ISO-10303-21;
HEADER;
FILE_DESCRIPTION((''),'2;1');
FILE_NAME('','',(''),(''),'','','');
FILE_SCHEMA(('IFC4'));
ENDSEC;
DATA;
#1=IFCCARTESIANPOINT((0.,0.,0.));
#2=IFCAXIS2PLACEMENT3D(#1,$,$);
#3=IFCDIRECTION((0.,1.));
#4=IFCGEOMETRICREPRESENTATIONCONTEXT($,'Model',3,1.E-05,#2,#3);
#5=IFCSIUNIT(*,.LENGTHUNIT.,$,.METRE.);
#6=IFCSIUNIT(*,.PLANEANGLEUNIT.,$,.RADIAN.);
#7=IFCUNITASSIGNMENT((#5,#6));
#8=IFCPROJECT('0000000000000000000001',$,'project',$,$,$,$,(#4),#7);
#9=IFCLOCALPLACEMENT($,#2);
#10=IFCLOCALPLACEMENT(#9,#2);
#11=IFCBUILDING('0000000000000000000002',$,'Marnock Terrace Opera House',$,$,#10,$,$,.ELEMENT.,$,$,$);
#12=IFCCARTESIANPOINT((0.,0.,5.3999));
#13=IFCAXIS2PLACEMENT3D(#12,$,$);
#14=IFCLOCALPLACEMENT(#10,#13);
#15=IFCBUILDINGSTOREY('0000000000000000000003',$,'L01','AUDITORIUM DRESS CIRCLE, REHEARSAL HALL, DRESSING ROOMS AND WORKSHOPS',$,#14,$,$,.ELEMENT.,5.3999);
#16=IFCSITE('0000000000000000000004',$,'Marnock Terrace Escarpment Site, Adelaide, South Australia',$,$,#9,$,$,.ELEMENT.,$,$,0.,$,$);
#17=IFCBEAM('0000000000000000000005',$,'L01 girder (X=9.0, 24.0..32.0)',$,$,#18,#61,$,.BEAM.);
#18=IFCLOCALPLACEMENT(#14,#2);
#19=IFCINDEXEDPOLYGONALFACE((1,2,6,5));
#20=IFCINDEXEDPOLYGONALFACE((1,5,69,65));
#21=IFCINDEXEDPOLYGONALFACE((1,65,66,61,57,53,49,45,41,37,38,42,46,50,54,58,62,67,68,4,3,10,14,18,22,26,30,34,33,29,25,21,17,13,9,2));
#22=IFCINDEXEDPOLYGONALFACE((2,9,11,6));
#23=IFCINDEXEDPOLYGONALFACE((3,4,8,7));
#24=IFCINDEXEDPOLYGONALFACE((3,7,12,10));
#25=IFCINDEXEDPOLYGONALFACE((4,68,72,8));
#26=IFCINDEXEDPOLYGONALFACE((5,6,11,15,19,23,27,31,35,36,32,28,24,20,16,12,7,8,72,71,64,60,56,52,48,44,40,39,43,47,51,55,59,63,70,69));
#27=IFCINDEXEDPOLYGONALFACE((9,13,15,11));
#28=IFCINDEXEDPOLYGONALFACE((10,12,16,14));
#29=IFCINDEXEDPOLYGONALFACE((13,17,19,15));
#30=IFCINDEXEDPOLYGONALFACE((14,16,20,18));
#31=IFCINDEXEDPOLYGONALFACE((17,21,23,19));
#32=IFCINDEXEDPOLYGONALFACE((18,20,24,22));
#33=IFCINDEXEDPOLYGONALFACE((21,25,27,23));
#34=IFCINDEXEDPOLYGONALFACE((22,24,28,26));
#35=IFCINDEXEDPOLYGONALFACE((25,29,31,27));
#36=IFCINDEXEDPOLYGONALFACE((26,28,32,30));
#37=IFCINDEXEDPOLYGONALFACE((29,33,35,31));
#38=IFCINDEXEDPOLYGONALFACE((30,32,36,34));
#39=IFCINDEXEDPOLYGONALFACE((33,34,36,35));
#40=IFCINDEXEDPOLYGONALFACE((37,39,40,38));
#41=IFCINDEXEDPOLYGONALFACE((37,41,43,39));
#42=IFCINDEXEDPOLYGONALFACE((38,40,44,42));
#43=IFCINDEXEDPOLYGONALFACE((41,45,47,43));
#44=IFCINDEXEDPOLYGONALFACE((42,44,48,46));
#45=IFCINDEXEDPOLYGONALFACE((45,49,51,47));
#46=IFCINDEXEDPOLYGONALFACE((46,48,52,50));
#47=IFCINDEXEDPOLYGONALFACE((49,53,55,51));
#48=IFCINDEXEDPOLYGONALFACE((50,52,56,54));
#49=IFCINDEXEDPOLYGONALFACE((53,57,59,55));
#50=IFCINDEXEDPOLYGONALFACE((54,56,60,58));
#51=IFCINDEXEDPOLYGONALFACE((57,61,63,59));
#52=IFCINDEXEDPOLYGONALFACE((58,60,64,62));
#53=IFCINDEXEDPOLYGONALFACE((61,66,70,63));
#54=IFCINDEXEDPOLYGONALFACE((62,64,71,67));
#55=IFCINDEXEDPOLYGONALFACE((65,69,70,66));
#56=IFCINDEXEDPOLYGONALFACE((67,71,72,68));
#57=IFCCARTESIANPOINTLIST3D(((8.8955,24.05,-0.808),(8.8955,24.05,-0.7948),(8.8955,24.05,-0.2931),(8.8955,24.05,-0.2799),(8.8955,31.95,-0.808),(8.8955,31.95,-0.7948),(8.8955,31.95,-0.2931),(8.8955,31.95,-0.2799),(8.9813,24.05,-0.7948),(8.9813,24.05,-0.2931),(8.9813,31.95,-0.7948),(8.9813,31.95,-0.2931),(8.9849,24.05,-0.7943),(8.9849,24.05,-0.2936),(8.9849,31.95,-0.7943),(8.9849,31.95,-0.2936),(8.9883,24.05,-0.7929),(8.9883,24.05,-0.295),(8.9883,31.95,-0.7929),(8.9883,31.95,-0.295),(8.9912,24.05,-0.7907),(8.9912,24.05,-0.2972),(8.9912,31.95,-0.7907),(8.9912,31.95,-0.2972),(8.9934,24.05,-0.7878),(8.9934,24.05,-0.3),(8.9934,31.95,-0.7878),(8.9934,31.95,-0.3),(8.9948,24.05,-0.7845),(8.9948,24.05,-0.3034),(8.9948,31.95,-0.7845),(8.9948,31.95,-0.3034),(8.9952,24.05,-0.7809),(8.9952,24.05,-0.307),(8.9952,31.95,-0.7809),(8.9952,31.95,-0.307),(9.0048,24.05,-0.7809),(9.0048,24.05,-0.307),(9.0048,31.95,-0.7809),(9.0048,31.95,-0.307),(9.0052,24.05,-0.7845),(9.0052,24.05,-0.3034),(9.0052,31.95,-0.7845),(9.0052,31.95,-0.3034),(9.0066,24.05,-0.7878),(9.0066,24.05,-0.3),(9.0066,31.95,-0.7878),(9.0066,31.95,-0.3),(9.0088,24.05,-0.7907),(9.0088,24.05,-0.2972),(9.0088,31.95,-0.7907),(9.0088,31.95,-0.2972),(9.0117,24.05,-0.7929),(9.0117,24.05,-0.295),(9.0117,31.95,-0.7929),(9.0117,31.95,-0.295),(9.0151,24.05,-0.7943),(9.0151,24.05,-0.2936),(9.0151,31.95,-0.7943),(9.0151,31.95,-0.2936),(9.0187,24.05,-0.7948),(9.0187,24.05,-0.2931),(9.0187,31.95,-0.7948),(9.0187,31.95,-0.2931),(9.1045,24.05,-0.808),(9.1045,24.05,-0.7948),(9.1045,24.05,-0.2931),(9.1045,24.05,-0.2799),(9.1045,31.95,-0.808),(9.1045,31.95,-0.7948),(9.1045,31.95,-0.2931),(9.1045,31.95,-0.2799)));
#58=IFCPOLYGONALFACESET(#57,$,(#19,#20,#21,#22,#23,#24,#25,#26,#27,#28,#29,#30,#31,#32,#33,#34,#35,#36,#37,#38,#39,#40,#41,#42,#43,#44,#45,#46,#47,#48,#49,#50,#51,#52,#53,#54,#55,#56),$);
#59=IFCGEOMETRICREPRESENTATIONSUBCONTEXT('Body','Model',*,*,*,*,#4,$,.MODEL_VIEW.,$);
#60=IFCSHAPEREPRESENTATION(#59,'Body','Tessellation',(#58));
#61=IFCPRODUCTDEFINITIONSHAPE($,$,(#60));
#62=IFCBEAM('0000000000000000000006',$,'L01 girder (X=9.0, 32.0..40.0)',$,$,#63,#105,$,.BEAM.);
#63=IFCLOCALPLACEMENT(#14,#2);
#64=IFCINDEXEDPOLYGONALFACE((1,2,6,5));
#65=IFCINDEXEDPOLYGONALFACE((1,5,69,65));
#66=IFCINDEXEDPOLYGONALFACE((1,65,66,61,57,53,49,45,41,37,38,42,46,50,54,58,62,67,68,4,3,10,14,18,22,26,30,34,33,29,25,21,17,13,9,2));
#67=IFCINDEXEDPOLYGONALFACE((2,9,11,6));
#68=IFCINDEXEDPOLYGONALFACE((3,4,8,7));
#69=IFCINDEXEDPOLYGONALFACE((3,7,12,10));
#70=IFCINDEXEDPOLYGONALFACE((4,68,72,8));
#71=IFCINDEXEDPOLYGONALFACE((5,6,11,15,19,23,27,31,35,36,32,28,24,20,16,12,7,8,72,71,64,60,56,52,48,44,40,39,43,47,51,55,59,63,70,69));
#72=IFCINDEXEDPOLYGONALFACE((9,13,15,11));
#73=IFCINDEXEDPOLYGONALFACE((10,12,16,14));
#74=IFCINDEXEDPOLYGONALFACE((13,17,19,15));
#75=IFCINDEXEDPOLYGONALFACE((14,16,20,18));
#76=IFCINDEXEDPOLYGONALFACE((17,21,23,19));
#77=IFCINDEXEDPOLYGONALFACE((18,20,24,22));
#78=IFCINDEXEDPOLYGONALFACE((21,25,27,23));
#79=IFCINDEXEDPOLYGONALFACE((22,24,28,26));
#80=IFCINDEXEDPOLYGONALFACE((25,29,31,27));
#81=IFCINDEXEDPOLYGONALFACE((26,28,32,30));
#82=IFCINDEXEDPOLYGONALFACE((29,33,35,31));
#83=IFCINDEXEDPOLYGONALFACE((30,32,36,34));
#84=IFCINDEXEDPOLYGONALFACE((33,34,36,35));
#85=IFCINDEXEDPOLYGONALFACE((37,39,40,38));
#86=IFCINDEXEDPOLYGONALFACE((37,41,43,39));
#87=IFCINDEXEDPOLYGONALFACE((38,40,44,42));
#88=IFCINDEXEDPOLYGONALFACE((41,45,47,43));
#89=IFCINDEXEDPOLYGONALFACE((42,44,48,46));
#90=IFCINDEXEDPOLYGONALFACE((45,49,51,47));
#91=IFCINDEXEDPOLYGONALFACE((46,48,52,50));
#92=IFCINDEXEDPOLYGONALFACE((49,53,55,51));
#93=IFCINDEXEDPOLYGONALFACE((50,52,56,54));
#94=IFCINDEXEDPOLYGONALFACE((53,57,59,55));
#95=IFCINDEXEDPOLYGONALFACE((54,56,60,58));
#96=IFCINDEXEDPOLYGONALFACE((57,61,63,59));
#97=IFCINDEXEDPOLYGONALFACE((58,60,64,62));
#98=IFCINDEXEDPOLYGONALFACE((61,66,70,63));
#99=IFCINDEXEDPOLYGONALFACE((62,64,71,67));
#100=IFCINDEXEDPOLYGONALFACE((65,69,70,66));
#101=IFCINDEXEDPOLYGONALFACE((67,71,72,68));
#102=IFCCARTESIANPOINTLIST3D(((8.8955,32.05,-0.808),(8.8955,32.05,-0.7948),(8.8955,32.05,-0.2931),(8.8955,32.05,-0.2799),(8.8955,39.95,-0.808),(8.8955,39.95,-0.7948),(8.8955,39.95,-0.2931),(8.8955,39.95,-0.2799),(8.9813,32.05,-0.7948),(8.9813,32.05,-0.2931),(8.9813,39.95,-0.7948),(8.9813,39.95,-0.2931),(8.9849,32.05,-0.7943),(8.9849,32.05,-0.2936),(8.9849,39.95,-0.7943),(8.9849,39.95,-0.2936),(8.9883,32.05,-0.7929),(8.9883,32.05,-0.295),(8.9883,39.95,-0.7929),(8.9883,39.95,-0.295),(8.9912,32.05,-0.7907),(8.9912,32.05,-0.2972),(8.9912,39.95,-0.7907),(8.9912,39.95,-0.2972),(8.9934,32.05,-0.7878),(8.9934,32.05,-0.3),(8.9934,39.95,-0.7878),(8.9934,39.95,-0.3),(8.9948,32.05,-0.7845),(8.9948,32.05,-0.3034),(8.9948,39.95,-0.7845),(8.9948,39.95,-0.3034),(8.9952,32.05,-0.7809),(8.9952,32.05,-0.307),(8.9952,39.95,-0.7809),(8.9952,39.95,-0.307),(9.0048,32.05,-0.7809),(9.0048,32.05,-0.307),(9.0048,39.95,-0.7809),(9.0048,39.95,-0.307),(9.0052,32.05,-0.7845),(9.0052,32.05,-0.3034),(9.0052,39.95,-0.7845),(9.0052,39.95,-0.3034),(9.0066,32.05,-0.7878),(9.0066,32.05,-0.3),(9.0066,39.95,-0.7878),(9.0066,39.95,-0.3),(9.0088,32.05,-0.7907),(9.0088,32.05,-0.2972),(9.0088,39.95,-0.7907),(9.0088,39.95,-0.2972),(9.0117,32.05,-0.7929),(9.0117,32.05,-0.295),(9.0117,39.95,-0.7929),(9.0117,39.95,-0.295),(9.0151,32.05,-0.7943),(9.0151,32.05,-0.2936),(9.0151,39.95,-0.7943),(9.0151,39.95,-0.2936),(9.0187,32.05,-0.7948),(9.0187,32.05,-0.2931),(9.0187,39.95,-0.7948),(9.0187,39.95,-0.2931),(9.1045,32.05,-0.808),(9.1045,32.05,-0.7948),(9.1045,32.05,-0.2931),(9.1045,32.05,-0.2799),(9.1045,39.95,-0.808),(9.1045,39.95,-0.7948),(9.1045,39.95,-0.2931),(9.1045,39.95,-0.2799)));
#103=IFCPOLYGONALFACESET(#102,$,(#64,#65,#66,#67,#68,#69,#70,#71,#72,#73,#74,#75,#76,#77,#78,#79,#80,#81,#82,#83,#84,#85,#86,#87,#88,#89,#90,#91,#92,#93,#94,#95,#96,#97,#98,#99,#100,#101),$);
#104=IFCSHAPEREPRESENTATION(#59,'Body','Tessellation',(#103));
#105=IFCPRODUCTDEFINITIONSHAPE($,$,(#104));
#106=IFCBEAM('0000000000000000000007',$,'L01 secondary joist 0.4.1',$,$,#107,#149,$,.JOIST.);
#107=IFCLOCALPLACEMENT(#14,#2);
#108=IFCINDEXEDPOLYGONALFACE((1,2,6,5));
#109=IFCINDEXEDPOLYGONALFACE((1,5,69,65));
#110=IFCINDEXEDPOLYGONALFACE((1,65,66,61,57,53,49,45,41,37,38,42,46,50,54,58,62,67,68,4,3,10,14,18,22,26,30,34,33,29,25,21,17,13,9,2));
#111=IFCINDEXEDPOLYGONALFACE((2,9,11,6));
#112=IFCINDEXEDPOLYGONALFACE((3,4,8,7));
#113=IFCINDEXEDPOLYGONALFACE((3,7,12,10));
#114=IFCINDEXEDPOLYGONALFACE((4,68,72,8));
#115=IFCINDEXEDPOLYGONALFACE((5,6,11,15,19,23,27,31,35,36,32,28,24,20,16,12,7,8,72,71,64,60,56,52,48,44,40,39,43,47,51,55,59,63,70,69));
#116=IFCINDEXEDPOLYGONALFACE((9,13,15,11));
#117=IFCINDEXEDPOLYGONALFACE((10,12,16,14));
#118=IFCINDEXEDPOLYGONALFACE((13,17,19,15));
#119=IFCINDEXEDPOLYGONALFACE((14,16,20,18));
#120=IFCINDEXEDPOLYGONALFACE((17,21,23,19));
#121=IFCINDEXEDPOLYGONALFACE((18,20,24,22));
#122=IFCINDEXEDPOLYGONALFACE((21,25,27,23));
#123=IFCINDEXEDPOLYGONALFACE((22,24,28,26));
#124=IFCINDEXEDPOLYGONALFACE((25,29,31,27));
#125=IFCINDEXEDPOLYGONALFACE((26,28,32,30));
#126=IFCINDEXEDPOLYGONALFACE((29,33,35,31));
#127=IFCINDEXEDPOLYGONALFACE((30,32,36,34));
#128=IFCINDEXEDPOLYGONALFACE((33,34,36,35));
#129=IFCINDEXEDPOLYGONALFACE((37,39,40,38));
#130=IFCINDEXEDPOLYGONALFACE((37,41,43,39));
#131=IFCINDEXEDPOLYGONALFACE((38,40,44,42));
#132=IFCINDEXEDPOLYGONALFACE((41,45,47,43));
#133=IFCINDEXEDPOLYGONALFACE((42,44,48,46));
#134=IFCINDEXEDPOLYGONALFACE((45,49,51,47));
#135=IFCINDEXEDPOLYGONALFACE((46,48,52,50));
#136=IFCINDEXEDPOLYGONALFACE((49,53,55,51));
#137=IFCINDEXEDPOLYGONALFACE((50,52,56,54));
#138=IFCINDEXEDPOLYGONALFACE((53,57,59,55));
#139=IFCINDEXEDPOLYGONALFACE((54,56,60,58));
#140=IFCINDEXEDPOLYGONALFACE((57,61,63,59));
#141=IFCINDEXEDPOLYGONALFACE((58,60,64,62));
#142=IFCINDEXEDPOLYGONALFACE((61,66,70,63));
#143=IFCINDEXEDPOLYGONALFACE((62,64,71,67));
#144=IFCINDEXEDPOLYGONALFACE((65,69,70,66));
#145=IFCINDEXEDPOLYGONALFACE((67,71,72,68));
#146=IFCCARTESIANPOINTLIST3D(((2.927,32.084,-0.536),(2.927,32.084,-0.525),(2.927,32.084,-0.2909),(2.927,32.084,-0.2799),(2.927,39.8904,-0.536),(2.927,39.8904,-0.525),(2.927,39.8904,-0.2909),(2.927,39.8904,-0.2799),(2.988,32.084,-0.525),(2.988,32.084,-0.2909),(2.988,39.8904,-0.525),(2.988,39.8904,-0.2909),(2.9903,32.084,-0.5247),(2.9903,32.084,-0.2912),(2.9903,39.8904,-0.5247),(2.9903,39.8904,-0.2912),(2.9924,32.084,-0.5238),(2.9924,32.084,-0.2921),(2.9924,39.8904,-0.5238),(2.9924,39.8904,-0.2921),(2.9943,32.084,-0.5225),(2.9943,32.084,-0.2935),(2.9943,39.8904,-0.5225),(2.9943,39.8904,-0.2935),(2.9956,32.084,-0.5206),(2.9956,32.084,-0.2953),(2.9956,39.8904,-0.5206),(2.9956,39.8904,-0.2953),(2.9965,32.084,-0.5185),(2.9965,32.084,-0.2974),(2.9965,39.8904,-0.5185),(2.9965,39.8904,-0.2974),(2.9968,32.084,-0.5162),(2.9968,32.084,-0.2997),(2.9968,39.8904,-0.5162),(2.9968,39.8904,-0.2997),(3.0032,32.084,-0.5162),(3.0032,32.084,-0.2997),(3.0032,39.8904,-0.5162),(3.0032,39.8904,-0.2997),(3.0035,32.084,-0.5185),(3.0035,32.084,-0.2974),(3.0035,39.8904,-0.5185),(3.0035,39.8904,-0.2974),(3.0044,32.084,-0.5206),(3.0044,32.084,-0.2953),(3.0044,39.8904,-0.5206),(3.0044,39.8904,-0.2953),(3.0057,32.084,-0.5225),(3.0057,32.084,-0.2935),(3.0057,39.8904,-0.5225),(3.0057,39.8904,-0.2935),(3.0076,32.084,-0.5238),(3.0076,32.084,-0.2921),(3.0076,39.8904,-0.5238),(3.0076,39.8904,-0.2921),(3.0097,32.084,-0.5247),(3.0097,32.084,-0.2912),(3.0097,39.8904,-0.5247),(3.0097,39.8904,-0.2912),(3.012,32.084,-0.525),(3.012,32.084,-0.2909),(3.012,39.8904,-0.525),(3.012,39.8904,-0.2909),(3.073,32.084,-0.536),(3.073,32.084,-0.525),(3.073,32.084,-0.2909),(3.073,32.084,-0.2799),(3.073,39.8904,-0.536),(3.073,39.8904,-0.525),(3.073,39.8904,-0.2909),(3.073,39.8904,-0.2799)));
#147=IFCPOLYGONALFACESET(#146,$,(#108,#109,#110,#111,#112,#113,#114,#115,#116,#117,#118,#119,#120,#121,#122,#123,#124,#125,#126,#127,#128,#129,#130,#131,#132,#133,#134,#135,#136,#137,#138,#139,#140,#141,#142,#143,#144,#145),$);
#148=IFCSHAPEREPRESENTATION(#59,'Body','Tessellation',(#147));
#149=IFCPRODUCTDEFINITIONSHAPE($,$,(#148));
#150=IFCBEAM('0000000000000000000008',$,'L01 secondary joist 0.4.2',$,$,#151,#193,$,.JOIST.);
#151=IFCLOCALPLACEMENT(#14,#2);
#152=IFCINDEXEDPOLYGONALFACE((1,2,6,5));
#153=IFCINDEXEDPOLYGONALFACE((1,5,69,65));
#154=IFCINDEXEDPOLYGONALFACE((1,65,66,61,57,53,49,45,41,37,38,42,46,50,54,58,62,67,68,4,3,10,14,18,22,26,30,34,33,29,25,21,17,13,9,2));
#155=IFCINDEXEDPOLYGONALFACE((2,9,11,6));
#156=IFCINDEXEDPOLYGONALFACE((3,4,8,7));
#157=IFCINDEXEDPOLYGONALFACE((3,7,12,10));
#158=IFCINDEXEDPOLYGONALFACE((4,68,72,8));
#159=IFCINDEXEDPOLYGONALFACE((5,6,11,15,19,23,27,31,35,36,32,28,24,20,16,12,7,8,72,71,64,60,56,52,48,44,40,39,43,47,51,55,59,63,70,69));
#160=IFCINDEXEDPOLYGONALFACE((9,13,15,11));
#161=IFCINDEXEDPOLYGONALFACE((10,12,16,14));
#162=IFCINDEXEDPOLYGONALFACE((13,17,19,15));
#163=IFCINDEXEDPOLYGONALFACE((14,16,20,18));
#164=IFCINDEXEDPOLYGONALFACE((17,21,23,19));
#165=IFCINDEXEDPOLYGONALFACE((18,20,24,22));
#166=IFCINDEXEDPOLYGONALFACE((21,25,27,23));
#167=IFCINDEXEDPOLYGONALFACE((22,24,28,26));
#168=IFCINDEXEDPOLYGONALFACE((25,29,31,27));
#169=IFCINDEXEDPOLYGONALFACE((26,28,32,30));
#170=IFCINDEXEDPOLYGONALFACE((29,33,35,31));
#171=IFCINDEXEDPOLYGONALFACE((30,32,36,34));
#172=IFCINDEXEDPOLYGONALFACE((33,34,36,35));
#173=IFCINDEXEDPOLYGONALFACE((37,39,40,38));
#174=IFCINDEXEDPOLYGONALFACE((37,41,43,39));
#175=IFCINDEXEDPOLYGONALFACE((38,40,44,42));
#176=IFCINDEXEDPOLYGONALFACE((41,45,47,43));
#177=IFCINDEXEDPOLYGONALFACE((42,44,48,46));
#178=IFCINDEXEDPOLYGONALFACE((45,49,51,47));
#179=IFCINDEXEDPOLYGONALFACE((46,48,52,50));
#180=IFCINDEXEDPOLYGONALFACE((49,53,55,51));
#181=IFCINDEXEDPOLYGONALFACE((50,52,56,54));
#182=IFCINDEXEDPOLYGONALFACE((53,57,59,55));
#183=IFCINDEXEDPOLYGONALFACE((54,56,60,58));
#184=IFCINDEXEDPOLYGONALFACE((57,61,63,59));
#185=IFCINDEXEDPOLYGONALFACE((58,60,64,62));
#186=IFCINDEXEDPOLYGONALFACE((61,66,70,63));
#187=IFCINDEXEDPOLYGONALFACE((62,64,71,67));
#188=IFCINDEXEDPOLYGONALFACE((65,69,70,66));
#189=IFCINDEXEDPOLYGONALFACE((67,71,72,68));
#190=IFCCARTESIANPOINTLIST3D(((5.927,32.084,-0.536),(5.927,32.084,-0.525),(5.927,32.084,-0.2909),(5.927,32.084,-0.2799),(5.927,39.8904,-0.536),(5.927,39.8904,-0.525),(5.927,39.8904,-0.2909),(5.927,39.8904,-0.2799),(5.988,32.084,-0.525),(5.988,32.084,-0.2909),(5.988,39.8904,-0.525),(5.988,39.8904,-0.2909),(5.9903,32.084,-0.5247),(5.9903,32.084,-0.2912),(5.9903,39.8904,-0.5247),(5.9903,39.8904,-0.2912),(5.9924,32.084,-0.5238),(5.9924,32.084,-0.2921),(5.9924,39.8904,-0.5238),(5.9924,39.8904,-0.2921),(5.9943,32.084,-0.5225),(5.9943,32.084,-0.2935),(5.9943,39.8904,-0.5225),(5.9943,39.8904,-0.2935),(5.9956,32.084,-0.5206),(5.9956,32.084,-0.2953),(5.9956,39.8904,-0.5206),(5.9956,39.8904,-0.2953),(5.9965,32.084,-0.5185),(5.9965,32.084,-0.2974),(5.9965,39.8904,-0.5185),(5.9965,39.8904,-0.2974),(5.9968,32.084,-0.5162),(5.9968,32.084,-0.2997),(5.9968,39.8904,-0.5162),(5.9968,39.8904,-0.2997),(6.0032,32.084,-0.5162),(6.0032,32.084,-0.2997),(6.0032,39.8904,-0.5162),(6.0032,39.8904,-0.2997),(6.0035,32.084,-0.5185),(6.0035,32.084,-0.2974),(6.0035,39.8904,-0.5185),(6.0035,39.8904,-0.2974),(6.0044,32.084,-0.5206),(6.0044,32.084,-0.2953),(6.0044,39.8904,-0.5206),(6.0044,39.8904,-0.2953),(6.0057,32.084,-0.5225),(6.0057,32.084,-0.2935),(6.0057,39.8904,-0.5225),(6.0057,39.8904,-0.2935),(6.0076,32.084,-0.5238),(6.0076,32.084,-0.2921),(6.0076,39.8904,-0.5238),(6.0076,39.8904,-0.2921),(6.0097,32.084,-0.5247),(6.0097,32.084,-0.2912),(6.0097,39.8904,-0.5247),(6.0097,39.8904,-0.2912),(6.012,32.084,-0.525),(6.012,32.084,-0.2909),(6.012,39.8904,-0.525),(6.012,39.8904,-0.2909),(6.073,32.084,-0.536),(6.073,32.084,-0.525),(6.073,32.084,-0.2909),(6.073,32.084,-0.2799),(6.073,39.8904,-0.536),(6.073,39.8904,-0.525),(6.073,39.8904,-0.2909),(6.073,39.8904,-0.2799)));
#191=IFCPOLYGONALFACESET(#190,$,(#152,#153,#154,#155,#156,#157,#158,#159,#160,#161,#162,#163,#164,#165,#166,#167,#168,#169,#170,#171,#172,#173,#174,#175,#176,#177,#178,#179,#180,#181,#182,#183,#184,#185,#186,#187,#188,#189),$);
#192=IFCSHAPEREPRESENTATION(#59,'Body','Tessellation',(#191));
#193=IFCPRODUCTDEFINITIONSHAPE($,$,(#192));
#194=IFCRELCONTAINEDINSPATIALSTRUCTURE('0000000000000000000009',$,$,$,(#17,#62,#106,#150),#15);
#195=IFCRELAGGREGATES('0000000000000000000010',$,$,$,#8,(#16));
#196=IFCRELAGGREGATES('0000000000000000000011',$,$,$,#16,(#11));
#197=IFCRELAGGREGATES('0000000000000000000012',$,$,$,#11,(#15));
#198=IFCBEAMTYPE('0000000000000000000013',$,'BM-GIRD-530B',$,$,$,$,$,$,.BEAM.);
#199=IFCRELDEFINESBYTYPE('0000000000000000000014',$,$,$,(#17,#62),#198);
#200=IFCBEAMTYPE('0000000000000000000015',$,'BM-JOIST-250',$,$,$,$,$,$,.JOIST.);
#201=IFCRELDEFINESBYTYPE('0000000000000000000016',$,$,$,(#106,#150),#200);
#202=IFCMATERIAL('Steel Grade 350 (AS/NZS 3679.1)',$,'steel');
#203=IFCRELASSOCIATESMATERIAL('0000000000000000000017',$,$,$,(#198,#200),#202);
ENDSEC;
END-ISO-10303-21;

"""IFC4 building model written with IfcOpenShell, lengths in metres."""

from ifc_helpers import new_model, si_unit, direction, frame, origin, origin_2d, place, context, subcontext, project, spatial, i_section, extrude, material, material_profile, profile_set, type_object, element, save


model = new_model("IFC4")

# Units and contexts
model_context = context("Model", 3, precision=1e-05, world=origin(), true_north=direction((0.0, 1.0)))
body_context = subcontext(model_context, "Body", "Model", "MODEL_VIEW")
ifc_project = project(units=[si_unit("LENGTHUNIT", "METRE"), si_unit("PLANEANGLEUNIT", "RADIAN")], contexts=[model_context])

# Site, building, storey
site_placement = place(None, origin())
site = spatial("IfcSite", under=ifc_project, at=site_placement, Name="Marnock Terrace Escarpment Site, Adelaide, South Australia", CompositionType="ELEMENT", RefElevation=0.0)
building_placement = place(site_placement, origin())
building = spatial("IfcBuilding", under=site, at=building_placement, Name="Marnock Terrace Opera House", CompositionType="ELEMENT")
storey_placement = place(building_placement, frame((0.0, 0.0, 5.3999)))
storey = spatial("IfcBuildingStorey", under=building, at=storey_placement, Name="L01", Description="AUDITORIUM DRESS CIRCLE, REHEARSAL HALL, DRESSING ROOMS AND WORKSHOPS", CompositionType="ELEMENT", Elevation=5.3999)

# Shared definitions
ifc_material_1 = material(Name="Steel Grade 350 (AS/NZS 3679.1)", Category="steel")

# Beams
ifc_material_profile_1 = material_profile(ifc_material_1, i_section(OverallWidth=0.209, OverallDepth=0.5281, WebThickness=0.0095, FlangeThickness=0.0132, FilletRadius=0.0139, at=origin_2d()))
ifc_profile_set_1 = profile_set([ifc_material_profile_1], Name="Steel Grade 350 (AS/NZS 3679.1)")
beam_type_1 = type_object("IfcBeamType", Name="BM-GIRD-530B", PredefinedType="BEAM", material=ifc_profile_set_1)
for number, where, z_axis, x_axis, name in (
    (1, (9.0, 24.05, -0.5439), (0.0, 1.0, 0.0), (-1.0, 0.0, 0.0), "L01 girder (X=9.0, 24.0..32.0)"),
    (2, (9.0, 32.05, -0.5439), (0.0, 1.0, 0.0), (-1.0, 0.0, 0.0), "L01 girder (X=9.0, 32.0..40.0)"),
):
    element("IfcBeam", number, at=place(storey_placement, frame(where, z_axis=z_axis, x_axis=x_axis)), inside=storey, type_object=beam_type_1, Name=name, PredefinedType="BEAM", context=body_context, shape_type="SweptSolid", body=[
        extrude(i_section(OverallWidth=0.209, OverallDepth=0.5281, WebThickness=0.0095, FlangeThickness=0.0132, FilletRadius=0.0139, at=origin_2d()), origin(), (0.0, 0.0, 1.0), 7.8999),
    ])
ifc_material_profile_2 = material_profile(ifc_material_1, i_section(OverallWidth=0.146, OverallDepth=0.2561, WebThickness=0.0063, FlangeThickness=0.011, FilletRadius=0.0088, at=origin_2d()))
ifc_profile_set_2 = profile_set([ifc_material_profile_2], Name="Steel Grade 350 (AS/NZS 3679.1)")
beam_type_2 = type_object("IfcBeamType", Name="BM-JOIST-250", PredefinedType="JOIST", material=ifc_profile_set_2)
for number, where, z_axis, x_axis, name in (
    (3, (3.0, 32.084, -0.408), (0.0, 1.0, 0.0), (-1.0, 0.0, 0.0), "L01 secondary joist 0.4.1"),
    (4, (6.0, 32.084, -0.408), (0.0, 1.0, 0.0), (-1.0, 0.0, 0.0), "L01 secondary joist 0.4.2"),
):
    element("IfcBeam", number, at=place(storey_placement, frame(where, z_axis=z_axis, x_axis=x_axis)), inside=storey, type_object=beam_type_2, Name=name, PredefinedType="JOIST", context=body_context, shape_type="SweptSolid", body=[
        extrude(i_section(OverallWidth=0.146, OverallDepth=0.2561, WebThickness=0.0063, FlangeThickness=0.011, FilletRadius=0.0088, at=origin_2d()), origin(), (0.0, 0.0, 1.0), 7.8064),
    ])

save(model, "model.ifc")
